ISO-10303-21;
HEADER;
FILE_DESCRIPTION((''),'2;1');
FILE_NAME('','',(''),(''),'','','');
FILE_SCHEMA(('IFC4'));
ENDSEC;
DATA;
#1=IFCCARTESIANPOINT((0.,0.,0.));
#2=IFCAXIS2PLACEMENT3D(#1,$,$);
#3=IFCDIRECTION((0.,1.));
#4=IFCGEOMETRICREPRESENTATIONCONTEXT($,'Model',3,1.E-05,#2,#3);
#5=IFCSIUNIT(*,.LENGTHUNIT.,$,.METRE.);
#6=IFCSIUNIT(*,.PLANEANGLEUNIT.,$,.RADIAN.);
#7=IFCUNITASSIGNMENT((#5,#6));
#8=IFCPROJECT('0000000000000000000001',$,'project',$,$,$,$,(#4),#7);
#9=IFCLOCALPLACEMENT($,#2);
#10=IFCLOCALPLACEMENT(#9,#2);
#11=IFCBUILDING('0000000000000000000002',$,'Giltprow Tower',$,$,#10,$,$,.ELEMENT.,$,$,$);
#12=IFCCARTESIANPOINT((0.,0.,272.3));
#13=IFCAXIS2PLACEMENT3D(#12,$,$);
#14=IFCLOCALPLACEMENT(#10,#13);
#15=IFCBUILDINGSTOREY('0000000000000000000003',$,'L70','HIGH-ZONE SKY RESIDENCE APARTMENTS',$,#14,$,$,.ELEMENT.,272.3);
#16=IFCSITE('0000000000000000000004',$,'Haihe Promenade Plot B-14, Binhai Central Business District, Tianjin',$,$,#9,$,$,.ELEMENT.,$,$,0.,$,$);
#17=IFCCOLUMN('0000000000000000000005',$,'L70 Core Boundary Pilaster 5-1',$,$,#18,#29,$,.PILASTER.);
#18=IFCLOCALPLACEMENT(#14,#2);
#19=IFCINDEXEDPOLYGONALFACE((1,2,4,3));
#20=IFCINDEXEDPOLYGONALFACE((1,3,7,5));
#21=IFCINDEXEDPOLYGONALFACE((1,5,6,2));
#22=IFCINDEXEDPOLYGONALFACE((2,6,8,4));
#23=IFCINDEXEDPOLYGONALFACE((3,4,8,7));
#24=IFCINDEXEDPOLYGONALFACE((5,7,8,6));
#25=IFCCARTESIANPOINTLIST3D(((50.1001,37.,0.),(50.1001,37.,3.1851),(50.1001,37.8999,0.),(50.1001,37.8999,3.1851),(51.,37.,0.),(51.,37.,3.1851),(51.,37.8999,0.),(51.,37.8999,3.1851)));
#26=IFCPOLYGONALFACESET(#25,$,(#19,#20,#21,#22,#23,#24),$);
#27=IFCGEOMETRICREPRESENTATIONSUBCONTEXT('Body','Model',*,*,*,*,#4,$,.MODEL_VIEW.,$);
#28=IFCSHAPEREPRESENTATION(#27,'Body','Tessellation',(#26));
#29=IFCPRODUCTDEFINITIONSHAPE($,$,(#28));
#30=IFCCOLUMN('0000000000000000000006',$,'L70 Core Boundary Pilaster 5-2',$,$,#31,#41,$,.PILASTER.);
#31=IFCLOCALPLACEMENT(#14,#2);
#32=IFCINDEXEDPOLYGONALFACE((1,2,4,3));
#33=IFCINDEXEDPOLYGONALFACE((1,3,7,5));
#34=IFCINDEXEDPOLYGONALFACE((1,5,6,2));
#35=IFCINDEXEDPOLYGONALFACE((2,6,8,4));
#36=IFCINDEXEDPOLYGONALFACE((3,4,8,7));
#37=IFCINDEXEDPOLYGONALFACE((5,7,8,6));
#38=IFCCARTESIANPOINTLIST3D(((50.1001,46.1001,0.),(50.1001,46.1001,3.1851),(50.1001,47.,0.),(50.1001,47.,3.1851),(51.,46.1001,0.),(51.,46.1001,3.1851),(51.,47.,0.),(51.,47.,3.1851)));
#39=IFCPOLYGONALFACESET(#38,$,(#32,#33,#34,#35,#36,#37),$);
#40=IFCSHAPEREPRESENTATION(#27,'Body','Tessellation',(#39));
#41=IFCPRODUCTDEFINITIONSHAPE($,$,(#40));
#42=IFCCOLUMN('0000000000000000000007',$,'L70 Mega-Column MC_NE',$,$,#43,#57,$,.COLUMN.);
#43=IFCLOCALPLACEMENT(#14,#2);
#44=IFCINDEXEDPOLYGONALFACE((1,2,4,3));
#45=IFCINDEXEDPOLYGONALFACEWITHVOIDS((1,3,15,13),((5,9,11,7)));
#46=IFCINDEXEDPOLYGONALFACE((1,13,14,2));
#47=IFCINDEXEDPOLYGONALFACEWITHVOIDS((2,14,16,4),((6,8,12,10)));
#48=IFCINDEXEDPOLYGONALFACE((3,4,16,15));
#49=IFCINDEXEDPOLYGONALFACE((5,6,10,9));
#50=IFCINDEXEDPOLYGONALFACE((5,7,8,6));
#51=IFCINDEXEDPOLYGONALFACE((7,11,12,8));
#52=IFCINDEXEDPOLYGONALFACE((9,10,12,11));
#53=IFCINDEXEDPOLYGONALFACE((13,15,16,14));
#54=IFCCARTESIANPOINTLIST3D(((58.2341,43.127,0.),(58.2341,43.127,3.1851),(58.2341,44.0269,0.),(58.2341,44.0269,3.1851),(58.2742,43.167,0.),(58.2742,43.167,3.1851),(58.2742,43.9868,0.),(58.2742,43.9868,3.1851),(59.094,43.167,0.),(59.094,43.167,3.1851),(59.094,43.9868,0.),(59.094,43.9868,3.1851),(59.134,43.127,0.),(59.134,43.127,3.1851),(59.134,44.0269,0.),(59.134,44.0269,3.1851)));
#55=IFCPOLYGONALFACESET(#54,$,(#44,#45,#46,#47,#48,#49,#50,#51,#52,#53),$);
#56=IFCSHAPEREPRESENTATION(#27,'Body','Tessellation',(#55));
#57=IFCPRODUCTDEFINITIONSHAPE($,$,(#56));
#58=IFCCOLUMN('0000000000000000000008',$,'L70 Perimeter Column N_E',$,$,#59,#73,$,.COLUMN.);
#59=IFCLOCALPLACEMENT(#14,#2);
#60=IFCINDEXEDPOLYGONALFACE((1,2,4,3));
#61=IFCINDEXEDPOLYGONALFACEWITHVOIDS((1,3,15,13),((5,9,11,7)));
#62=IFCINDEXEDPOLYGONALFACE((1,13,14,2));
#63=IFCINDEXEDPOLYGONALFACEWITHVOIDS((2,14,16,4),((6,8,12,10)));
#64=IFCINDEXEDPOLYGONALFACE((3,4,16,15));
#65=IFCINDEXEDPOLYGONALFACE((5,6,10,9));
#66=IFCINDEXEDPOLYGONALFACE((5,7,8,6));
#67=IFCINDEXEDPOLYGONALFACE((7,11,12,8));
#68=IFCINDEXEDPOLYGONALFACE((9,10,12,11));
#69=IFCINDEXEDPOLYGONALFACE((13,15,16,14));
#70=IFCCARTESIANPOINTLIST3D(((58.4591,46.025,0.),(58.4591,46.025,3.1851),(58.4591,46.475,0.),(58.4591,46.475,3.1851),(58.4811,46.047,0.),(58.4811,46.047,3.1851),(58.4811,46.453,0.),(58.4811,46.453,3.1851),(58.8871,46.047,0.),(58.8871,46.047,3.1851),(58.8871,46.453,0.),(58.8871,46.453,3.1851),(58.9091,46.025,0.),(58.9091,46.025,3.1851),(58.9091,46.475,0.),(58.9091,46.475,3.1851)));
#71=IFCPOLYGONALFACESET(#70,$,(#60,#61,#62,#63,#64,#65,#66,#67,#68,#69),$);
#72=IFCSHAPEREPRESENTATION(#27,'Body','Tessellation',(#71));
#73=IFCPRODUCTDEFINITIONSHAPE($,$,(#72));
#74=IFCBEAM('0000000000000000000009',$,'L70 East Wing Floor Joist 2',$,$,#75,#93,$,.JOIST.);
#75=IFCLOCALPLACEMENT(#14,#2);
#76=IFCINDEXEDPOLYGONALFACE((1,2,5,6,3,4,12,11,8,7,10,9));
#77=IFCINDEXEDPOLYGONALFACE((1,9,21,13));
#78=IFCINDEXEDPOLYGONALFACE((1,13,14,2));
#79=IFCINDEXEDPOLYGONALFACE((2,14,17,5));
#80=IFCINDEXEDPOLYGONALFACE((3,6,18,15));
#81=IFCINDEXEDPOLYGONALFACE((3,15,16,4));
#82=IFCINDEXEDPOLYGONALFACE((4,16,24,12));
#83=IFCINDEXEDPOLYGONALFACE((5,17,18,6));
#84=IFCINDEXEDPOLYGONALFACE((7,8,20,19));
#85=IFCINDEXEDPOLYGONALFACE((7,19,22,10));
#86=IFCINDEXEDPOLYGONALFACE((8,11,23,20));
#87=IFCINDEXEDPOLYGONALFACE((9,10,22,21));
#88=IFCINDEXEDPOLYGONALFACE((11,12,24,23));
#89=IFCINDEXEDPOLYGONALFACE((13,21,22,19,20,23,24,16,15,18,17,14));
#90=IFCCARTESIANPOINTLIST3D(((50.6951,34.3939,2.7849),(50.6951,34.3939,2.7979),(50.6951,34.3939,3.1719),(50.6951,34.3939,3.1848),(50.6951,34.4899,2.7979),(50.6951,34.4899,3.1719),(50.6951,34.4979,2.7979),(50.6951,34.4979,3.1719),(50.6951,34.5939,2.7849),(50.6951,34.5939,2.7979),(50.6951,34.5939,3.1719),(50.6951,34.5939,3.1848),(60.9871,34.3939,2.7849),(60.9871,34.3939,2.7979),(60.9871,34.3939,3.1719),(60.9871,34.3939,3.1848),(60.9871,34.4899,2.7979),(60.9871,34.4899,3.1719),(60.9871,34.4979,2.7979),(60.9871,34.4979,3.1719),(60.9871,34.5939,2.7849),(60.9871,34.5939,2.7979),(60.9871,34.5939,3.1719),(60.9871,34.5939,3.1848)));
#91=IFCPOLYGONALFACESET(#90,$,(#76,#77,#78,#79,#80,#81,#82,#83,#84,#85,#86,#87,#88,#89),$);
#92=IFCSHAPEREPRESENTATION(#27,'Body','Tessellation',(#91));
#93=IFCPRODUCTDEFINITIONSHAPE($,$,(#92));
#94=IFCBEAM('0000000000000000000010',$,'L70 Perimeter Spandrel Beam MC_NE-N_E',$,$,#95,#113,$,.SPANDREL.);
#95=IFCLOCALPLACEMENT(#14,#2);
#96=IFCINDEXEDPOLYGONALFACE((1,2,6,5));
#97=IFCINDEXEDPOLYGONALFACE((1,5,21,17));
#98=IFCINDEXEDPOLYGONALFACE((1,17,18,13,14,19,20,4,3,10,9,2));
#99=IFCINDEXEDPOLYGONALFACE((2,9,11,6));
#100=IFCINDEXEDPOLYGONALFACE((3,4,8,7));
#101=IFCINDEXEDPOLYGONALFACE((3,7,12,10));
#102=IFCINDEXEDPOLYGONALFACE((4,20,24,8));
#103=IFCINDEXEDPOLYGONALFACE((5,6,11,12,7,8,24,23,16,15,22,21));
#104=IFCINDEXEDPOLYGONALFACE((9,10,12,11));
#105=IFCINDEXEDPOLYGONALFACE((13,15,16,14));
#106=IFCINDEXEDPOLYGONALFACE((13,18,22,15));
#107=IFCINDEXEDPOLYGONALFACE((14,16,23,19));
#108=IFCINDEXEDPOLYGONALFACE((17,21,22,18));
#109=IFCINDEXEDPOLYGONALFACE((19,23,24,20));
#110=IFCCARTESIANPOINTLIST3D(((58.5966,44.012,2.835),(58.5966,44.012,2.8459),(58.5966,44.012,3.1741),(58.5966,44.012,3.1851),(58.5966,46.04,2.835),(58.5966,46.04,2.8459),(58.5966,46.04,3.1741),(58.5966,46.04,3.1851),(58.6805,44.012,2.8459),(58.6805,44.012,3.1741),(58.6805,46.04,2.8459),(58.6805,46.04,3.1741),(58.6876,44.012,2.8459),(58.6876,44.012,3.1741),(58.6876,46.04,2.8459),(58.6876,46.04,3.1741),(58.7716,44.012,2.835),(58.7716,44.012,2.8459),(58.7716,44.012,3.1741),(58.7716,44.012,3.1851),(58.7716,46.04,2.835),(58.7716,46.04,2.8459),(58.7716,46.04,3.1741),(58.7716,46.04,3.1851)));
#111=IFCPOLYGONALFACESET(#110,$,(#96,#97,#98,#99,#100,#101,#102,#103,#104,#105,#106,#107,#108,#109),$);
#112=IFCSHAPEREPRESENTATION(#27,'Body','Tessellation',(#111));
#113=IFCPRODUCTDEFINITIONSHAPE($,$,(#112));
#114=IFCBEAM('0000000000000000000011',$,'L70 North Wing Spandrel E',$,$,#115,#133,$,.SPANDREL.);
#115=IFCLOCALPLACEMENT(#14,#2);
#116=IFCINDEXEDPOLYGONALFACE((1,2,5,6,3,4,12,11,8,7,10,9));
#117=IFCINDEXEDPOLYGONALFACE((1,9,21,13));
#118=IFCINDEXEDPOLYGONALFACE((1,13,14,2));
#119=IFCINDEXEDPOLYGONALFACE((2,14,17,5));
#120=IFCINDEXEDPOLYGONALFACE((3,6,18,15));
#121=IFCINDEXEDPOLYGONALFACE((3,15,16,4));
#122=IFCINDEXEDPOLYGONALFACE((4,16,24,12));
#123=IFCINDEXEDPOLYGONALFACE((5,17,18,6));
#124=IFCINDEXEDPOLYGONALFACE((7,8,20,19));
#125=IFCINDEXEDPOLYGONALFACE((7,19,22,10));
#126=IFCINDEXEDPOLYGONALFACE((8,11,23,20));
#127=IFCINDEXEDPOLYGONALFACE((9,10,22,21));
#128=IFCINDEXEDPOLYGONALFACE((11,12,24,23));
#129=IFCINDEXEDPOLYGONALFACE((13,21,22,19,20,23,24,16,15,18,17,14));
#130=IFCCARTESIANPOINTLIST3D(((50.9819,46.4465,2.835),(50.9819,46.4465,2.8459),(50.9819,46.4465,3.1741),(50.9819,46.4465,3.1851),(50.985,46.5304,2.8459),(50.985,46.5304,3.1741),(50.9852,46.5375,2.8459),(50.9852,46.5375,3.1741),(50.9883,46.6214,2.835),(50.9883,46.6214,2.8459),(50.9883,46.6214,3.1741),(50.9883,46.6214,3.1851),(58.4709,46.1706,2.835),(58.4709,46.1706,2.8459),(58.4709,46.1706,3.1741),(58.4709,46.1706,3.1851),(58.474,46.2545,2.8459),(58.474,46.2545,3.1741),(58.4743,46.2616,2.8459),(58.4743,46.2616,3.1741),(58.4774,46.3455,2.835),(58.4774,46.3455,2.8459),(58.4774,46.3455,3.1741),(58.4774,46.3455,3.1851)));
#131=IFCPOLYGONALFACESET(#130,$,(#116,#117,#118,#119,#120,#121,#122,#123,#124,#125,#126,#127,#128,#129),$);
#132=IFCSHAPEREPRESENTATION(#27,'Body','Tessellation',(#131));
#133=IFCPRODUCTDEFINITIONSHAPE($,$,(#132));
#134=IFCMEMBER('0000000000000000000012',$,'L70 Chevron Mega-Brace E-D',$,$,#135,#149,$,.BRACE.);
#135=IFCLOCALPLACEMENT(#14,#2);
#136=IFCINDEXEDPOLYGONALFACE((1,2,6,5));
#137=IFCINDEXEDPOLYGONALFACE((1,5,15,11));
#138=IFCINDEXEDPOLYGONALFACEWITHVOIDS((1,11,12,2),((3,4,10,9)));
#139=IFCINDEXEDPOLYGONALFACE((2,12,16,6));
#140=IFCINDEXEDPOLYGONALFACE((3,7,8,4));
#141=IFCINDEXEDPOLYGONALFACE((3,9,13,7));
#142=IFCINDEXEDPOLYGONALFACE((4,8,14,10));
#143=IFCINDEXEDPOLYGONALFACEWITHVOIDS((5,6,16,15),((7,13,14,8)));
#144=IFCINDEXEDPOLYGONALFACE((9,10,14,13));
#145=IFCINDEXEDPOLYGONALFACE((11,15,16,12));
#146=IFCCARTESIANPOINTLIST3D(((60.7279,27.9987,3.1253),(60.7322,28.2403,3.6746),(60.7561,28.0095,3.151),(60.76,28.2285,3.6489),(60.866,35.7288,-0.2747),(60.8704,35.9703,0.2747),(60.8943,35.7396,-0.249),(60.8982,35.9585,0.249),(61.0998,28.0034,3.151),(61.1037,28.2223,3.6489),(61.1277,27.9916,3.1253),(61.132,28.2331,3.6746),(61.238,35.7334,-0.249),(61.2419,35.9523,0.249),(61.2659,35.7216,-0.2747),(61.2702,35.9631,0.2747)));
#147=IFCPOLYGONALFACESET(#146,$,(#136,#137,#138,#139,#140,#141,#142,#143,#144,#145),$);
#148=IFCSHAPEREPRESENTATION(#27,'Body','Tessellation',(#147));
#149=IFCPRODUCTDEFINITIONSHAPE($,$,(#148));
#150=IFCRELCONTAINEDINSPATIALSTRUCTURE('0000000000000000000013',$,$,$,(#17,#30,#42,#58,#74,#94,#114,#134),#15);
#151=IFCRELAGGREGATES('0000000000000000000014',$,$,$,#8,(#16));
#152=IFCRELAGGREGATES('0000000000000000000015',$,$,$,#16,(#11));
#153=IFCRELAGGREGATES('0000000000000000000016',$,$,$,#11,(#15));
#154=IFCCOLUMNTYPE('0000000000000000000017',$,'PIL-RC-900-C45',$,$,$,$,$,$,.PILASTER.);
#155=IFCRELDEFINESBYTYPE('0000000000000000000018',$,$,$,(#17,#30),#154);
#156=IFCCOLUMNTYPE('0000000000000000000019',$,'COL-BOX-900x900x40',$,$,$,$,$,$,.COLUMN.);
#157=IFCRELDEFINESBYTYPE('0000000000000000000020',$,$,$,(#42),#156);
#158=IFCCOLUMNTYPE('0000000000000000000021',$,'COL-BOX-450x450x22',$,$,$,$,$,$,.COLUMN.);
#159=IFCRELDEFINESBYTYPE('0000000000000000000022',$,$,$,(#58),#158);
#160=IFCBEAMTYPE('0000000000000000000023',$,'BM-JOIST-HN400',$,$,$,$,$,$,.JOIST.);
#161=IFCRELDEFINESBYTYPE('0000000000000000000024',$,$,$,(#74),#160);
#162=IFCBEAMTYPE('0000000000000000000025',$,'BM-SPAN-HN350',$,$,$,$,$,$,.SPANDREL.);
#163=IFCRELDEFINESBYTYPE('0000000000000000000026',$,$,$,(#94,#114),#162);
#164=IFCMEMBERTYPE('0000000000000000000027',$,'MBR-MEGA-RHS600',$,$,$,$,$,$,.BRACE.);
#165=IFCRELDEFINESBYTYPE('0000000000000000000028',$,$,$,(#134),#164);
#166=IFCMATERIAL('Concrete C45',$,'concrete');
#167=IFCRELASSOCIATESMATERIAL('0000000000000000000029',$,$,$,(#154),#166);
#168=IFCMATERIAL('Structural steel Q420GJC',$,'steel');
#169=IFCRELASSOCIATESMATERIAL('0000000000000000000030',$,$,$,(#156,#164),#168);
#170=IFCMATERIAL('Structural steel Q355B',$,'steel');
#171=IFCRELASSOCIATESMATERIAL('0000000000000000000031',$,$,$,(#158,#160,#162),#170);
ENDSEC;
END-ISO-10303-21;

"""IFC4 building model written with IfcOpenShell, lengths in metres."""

from ifc_helpers import new_model, si_unit, direction, frame, origin, origin_2d, place, context, subcontext, project, spatial, rectangle, hollow_rectangle, i_section, extrude, source, transform, mapped, material, material_profile, profile_set, type_object, element, save


model = new_model("IFC4")

# Units and contexts
model_context = context("Model", 3, precision=1e-05, world=origin(), true_north=direction((0.0, 1.0)))
body_context = subcontext(model_context, "Body", "Model", "MODEL_VIEW")
ifc_project = project(units=[si_unit("LENGTHUNIT", "METRE"), si_unit("PLANEANGLEUNIT", "RADIAN")], contexts=[model_context])

# Site, building, storey
site_placement = place(None, origin())
site = spatial("IfcSite", under=ifc_project, at=site_placement, Name="Haihe Promenade Plot B-14, Binhai Central Business District, Tianjin", CompositionType="ELEMENT", RefElevation=0.0)
building_placement = place(site_placement, origin())
building = spatial("IfcBuilding", under=site, at=building_placement, Name="Giltprow Tower", CompositionType="ELEMENT")
storey_placement = place(building_placement, frame((0.0, 0.0, 272.3)))
storey = spatial("IfcBuildingStorey", under=building, at=storey_placement, Name="L70", Description="HIGH-ZONE SKY RESIDENCE APARTMENTS", CompositionType="ELEMENT", Elevation=272.3)

# Columns
ifc_material_1 = material(Name="Concrete C45", Category="concrete")
ifc_material_profile_1 = material_profile(ifc_material_1, rectangle(XDim=0.8999, YDim=0.8999, at=origin_2d()), Name="RC 900x900")
ifc_profile_set_1 = profile_set([ifc_material_profile_1], Name="Concrete C45")
column_type_1 = type_object("IfcColumnType", Name="PIL-RC-900-C45", PredefinedType="PILASTER", material=ifc_profile_set_1)
shared_shape_1 = source(origin(), body_context, "Body", "SweptSolid", [
    extrude(rectangle(XDim=0.8999, YDim=0.8999, at=origin_2d()), origin(), (0.0, 0.0, 1.0), 3.1851),
])
for number, where, z_axis, x_axis, name in (
    (1, (50.55, 37.45, 0.0), (0.0, 0.0, 1.0), (1.0, 0.0, 0.0), "L70 Core Boundary Pilaster 5-1"),
    (2, (50.55, 46.55, 0.0), (0.0, 0.0, 1.0), (1.0, 0.0, 0.0), "L70 Core Boundary Pilaster 5-2"),
):
    element("IfcColumn", number, at=place(storey_placement, frame(where, z_axis=z_axis, x_axis=x_axis)), inside=storey, type_object=column_type_1, Name=name, PredefinedType="PILASTER", context=body_context, shape_type="MappedRepresentation", body=[
        mapped(shared_shape_1, transform((0.0, 0.0, 0.0), x_axis=(1.0, 0.0, 0.0), y_axis=(0.0, 1.0, 0.0), z_axis=(0.0, 0.0, 1.0), scale=1.0)),
    ])
ifc_material_2 = material(Name="Structural steel Q420GJC", Category="steel")
ifc_material_profile_2 = material_profile(ifc_material_2, hollow_rectangle(XDim=0.8999, YDim=0.8999, WallThickness=0.04, at=origin_2d()), Name="BOX 900x900x40")
ifc_profile_set_2 = profile_set([ifc_material_profile_2], Name="Structural steel Q420GJC")
column_type_2 = type_object("IfcColumnType", Name="COL-BOX-900x900x40", PredefinedType="COLUMN", material=ifc_profile_set_2)
shared_shape_2 = source(origin(), body_context, "Body", "SweptSolid", [
    extrude(hollow_rectangle(XDim=0.8999, YDim=0.8999, WallThickness=0.04, at=origin_2d()), origin(), (0.0, 0.0, 1.0), 3.1851),
])
column_1_placement = place(storey_placement, frame((58.6841, 43.5769, 0.0), z_axis=(0.0, 0.0, 1.0), x_axis=(1.0, 0.0, 0.0)))
element("IfcColumn", 3, at=column_1_placement, inside=storey, type_object=column_type_2, Name="L70 Mega-Column MC_NE", PredefinedType="COLUMN", context=body_context, shape_type="MappedRepresentation", body=[
    mapped(shared_shape_2, transform((0.0, 0.0, 0.0), x_axis=(1.0, 0.0, 0.0), y_axis=(0.0, 1.0, 0.0), z_axis=(0.0, 0.0, 1.0), scale=1.0)),
])
ifc_material_3 = material(Name="Structural steel Q355B", Category="steel")
ifc_material_profile_3 = material_profile(ifc_material_3, hollow_rectangle(XDim=0.45, YDim=0.45, WallThickness=0.022, at=origin_2d()), Name="BOX 450x450x22")
ifc_profile_set_3 = profile_set([ifc_material_profile_3], Name="Structural steel Q355B")
column_type_3 = type_object("IfcColumnType", Name="COL-BOX-450x450x22", PredefinedType="COLUMN", material=ifc_profile_set_3)
shared_shape_3 = source(origin(), body_context, "Body", "SweptSolid", [
    extrude(hollow_rectangle(XDim=0.45, YDim=0.45, WallThickness=0.022, at=origin_2d()), origin(), (0.0, 0.0, 1.0), 3.1851),
])
column_2_placement = place(storey_placement, frame((58.6841, 46.25, 0.0), z_axis=(0.0, 0.0, 1.0), x_axis=(1.0, 0.0, 0.0)))
element("IfcColumn", 4, at=column_2_placement, inside=storey, type_object=column_type_3, Name="L70 Perimeter Column N_E", PredefinedType="COLUMN", context=body_context, shape_type="MappedRepresentation", body=[
    mapped(shared_shape_3, transform((0.0, 0.0, 0.0), x_axis=(1.0, 0.0, 0.0), y_axis=(0.0, 1.0, 0.0), z_axis=(0.0, 0.0, 1.0), scale=1.0)),
])

# Beams
ifc_material_profile_4 = material_profile(ifc_material_3, i_section(OverallWidth=0.2, OverallDepth=0.3999, WebThickness=0.0081, FlangeThickness=0.0129, at=origin_2d()), Name="HN 400x200x8x13")
ifc_profile_set_4 = profile_set([ifc_material_profile_4], Name="Structural steel Q355B")
beam_type_1 = type_object("IfcBeamType", Name="BM-JOIST-HN400", PredefinedType="JOIST", material=ifc_profile_set_4)
shared_shape_4 = source(origin(), body_context, "Body", "SweptSolid", [
    extrude(i_section(OverallWidth=0.2, OverallDepth=0.3999, WebThickness=0.0081, FlangeThickness=0.0129, at=origin_2d()), origin(), (0.0, 0.0, 1.0), 10.292),
])
beam_1_placement = place(storey_placement, frame((50.6951, 34.4939, 2.9849), z_axis=(1.0, 0.0, 0.0), x_axis=(0.0, 1.0, 0.0)))
element("IfcBeam", 5, at=beam_1_placement, inside=storey, type_object=beam_type_1, Name="L70 East Wing Floor Joist 2", PredefinedType="JOIST", context=body_context, shape_type="MappedRepresentation", body=[
    mapped(shared_shape_4, transform((0.0, 0.0, 0.0), x_axis=(1.0, 0.0, 0.0), y_axis=(0.0, 1.0, 0.0), z_axis=(0.0, 0.0, 1.0), scale=1.0)),
])
ifc_material_profile_5 = material_profile(ifc_material_3, i_section(OverallWidth=0.175, OverallDepth=0.3501, WebThickness=0.0071, FlangeThickness=0.011, at=origin_2d()), Name="HN 350x175x7x11")
ifc_profile_set_5 = profile_set([ifc_material_profile_5], Name="Structural steel Q355B")
beam_type_2 = type_object("IfcBeamType", Name="BM-SPAN-HN350", PredefinedType="SPANDREL", material=ifc_profile_set_5)
shared_shape_5 = source(origin(), body_context, "Body", "SweptSolid", [
    extrude(i_section(OverallWidth=0.175, OverallDepth=0.3501, WebThickness=0.0071, FlangeThickness=0.011, at=origin_2d()), origin(), (0.0, 0.0, 1.0), 2.0281),
])
beam_2_placement = place(storey_placement, frame((58.6841, 44.012, 3.01), z_axis=(0.0, 1.0, 0.0), x_axis=(-1.0, 0.0, 0.0)))
element("IfcBeam", 6, at=beam_2_placement, inside=storey, type_object=beam_type_2, Name="L70 Perimeter Spandrel Beam MC_NE-N_E", PredefinedType="SPANDREL", context=body_context, shape_type="MappedRepresentation", body=[
    mapped(shared_shape_5, transform((0.0, 0.0, 0.0), x_axis=(1.0, 0.0, 0.0), y_axis=(0.0, 1.0, 0.0), z_axis=(0.0, 0.0, 1.0), scale=1.0)),
])
shared_shape_6 = source(origin(), body_context, "Body", "SweptSolid", [
    extrude(i_section(OverallWidth=0.175, OverallDepth=0.3501, WebThickness=0.0071, FlangeThickness=0.011, at=origin_2d()), origin(), (0.0, 0.0, 1.0), 7.4941),
])
beam_3_placement = place(storey_placement, frame((50.9851, 46.5339, 3.01), z_axis=(0.999322, -0.036813, 0.0), x_axis=(0.036813, 0.999322, 0.0)))
element("IfcBeam", 7, at=beam_3_placement, inside=storey, type_object=beam_type_2, Name="L70 North Wing Spandrel E", PredefinedType="SPANDREL", context=body_context, shape_type="MappedRepresentation", body=[
    mapped(shared_shape_6, transform((0.0, 0.0, 0.0), x_axis=(1.0, 0.0, 0.0), y_axis=(0.0, 1.0, 0.0), z_axis=(0.0, 0.0, 1.0), scale=1.0)),
])

# Member
ifc_material_profile_6 = material_profile(ifc_material_2, hollow_rectangle(XDim=0.3999, YDim=0.6001, WallThickness=0.0281, at=origin_2d()), Name="RHS 600x400x28")
ifc_profile_set_6 = profile_set([ifc_material_profile_6], Name="Structural steel Q420GJC")
member_type = type_object("IfcMemberType", Name="MBR-MEGA-RHS600", PredefinedType="BRACE", material=ifc_profile_set_6)
shared_shape_7 = source(origin(), body_context, "Body", "SweptSolid", [
    extrude(hollow_rectangle(XDim=0.3999, YDim=0.6001, WallThickness=0.0281, at=origin_2d()), origin(), (0.0, 0.0, 1.0), 8.4458),
])
member_placement = place(storey_placement, frame((61.0681, 35.8459, 0.0), z_axis=(-0.016361, -0.915249, 0.402557), x_axis=(0.99984, -0.017873, 0.0)))
element("IfcMember", 8, at=member_placement, inside=storey, type_object=member_type, Name="L70 Chevron Mega-Brace E-D", PredefinedType="BRACE", context=body_context, shape_type="MappedRepresentation", body=[
    mapped(shared_shape_7, transform((0.0, 0.0, 0.0), x_axis=(1.0, 0.0, 0.0), y_axis=(0.0, 1.0, 0.0), z_axis=(0.0, 0.0, 1.0), scale=1.0)),
])

save(model, "model.ifc")
